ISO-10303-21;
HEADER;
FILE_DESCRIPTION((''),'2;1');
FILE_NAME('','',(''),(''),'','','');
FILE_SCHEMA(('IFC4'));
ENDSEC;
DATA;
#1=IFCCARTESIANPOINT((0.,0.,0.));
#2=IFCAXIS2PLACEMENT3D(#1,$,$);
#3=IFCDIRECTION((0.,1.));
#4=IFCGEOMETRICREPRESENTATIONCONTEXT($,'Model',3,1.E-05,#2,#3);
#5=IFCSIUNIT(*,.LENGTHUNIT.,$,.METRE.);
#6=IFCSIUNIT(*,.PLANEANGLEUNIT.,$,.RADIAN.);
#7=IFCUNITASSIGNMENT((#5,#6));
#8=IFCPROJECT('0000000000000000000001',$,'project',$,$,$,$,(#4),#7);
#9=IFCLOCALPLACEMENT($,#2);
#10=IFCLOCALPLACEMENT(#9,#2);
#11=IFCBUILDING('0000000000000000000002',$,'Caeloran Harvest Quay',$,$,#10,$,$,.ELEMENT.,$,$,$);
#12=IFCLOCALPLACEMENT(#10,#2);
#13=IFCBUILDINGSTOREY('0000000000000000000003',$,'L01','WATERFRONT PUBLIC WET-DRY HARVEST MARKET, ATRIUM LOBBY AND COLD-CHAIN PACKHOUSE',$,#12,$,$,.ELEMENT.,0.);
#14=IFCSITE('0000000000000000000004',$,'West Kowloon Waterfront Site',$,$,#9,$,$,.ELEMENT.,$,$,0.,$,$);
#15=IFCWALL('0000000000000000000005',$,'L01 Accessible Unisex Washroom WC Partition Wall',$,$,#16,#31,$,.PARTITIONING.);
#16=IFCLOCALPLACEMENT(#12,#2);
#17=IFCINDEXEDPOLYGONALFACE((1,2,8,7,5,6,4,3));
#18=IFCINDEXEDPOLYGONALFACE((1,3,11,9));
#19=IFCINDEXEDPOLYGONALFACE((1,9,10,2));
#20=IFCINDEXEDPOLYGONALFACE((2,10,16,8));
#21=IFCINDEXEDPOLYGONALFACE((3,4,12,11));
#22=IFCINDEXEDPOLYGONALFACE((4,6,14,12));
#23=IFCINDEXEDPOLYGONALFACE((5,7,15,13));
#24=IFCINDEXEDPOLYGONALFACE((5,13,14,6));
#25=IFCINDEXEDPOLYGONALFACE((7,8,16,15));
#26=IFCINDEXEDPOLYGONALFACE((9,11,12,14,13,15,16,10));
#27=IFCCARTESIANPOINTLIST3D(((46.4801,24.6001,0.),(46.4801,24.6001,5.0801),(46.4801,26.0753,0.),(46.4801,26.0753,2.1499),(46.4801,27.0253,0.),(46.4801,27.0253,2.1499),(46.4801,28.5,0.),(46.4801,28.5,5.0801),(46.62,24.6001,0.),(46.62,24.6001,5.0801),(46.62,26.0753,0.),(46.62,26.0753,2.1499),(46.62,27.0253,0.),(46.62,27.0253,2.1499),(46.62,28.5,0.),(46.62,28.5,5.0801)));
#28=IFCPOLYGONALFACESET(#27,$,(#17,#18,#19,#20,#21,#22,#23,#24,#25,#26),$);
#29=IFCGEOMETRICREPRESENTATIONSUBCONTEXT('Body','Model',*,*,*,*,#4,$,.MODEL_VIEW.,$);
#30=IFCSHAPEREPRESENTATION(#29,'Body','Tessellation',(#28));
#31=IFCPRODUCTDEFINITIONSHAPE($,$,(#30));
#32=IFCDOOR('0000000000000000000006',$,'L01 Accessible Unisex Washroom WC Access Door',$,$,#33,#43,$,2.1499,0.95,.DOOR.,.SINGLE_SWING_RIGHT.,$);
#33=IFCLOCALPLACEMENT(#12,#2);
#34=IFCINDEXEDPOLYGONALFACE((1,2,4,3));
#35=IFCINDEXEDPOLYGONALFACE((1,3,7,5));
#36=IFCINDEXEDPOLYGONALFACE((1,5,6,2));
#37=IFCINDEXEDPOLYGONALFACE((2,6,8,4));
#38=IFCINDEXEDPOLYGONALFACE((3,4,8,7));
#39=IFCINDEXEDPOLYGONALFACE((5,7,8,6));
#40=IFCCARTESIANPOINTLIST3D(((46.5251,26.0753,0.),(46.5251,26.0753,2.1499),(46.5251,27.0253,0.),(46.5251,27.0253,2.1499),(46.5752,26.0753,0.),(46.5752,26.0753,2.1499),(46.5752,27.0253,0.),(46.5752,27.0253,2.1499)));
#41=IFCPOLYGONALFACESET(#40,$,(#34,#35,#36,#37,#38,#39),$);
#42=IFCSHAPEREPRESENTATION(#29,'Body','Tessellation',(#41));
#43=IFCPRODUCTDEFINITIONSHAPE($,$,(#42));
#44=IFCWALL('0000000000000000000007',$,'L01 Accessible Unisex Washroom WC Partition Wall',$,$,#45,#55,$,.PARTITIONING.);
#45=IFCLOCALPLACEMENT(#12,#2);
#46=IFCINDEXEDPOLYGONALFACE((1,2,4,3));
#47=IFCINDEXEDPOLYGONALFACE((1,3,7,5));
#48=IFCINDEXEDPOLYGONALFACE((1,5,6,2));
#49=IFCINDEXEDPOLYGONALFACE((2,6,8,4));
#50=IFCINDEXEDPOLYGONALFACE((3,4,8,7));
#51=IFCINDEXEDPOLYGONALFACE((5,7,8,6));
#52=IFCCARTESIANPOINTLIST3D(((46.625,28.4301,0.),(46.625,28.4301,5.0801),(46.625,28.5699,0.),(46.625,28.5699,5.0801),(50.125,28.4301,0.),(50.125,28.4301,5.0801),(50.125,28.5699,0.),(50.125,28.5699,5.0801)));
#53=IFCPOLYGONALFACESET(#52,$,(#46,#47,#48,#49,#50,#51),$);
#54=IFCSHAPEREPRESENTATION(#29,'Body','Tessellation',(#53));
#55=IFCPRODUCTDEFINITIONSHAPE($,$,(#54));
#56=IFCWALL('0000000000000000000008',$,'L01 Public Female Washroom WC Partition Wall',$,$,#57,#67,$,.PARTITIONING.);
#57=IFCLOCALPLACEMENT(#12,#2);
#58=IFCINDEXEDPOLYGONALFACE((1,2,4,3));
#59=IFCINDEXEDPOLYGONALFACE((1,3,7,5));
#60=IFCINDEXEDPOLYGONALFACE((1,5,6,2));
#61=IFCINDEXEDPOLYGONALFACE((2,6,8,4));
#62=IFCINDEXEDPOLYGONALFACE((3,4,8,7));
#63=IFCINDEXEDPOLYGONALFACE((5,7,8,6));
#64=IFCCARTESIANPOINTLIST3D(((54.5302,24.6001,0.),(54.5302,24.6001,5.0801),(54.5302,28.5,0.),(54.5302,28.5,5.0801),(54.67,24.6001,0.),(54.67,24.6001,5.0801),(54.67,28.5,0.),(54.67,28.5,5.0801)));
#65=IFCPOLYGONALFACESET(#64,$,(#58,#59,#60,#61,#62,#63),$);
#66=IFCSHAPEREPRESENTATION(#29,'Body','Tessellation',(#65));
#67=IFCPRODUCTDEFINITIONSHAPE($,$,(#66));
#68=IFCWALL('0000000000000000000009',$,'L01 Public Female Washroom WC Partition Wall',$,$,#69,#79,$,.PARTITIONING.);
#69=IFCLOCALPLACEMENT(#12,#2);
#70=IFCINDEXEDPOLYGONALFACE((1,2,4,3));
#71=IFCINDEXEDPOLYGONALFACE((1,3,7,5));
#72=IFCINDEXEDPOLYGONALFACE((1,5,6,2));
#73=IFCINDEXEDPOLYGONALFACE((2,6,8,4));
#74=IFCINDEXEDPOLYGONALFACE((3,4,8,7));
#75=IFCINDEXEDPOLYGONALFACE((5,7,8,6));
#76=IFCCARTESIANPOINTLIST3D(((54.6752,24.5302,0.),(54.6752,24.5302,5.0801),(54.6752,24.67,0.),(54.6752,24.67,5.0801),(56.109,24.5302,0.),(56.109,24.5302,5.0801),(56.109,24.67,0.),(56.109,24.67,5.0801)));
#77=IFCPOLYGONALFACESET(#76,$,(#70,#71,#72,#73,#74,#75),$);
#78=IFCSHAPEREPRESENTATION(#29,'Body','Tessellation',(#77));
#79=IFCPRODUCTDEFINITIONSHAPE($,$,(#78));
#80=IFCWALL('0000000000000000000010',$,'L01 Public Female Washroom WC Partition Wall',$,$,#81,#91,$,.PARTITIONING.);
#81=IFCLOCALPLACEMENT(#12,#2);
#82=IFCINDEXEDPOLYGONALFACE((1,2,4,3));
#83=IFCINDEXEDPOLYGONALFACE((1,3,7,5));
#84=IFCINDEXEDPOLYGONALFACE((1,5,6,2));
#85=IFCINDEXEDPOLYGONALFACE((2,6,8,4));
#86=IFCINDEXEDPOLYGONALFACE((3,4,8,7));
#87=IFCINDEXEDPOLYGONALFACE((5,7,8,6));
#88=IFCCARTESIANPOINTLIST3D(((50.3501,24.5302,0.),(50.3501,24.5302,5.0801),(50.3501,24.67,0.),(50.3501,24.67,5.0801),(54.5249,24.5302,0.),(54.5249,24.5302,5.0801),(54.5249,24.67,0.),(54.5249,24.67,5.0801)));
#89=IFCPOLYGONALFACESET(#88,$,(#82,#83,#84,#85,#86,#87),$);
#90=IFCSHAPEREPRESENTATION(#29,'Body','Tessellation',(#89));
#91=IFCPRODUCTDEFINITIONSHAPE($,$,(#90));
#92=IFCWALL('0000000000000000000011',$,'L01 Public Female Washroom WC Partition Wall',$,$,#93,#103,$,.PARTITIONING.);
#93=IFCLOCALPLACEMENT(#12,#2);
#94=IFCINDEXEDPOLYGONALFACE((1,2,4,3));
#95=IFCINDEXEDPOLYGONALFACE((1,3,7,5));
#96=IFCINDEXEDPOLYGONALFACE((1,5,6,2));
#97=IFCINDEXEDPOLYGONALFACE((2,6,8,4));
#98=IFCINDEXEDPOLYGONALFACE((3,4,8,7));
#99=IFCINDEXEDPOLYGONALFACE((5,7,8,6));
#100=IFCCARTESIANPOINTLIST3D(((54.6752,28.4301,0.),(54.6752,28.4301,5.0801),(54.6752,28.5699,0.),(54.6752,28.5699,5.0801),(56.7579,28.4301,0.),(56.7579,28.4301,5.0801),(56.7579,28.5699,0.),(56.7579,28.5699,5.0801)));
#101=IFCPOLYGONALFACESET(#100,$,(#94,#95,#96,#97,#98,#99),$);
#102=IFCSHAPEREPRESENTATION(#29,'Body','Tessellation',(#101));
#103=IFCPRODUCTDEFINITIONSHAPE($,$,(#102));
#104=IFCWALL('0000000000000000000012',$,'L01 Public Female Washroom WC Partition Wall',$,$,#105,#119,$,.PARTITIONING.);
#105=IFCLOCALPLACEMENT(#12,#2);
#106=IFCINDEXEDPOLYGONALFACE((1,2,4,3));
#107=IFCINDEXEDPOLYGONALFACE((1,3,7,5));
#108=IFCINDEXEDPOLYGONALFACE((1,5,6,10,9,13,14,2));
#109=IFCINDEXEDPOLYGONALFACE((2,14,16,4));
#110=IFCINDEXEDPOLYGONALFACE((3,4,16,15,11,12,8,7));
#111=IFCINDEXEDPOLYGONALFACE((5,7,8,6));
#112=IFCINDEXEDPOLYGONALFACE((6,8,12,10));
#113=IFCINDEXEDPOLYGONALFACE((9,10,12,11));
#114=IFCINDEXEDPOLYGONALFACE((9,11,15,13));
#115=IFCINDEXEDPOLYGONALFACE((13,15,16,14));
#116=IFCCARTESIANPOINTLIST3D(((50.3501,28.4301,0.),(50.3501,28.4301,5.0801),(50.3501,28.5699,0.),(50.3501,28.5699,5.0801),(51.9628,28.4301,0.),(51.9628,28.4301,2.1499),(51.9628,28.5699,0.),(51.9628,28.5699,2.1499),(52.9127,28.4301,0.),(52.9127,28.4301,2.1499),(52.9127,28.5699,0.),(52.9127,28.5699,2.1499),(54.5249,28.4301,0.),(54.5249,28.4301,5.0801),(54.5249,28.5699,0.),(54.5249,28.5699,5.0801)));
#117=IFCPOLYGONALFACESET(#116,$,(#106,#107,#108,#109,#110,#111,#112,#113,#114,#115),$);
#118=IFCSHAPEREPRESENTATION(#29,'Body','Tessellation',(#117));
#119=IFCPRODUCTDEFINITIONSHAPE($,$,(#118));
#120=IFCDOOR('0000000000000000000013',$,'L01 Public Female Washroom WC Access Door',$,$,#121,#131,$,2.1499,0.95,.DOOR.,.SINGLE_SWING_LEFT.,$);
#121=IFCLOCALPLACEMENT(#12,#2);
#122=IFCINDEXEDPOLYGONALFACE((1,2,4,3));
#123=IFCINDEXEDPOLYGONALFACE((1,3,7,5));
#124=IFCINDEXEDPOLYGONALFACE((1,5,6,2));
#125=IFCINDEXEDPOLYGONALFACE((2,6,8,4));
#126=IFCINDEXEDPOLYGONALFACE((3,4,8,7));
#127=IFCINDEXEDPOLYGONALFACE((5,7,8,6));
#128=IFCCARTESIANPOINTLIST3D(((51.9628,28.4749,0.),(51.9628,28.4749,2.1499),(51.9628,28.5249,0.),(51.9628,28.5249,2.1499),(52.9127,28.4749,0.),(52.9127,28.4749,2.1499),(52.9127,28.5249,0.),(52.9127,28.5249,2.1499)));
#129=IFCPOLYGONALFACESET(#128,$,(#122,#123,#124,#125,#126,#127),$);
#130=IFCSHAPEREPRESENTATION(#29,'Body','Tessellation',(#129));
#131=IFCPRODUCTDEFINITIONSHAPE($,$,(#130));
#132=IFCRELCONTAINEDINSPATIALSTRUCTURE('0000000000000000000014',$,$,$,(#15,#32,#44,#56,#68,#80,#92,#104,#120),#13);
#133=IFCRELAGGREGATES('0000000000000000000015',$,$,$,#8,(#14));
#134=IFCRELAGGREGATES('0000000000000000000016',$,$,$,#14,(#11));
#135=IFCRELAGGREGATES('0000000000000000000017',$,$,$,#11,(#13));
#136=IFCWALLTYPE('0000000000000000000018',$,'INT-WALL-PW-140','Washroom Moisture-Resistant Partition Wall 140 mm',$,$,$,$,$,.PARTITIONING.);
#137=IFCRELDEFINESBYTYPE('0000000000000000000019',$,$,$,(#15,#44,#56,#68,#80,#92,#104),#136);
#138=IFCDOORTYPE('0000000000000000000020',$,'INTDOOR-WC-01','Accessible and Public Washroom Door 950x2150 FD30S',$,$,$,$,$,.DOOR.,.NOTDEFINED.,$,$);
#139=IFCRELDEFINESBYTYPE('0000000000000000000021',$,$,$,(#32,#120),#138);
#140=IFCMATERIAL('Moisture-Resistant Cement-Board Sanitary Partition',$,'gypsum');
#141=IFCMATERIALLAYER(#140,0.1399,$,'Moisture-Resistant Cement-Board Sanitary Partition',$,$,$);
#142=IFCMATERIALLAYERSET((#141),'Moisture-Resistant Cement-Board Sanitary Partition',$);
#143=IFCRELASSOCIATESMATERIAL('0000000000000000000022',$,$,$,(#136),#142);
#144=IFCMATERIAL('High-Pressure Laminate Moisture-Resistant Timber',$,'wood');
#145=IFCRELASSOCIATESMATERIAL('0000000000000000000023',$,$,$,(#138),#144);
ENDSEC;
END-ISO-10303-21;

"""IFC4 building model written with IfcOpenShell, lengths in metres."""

from ifc_helpers import new_model, si_unit, direction, frame, frame_2d, origin, place, context, subcontext, project, spatial, rectangle, extrude, material, layer, layer_set, type_object, element, fill, save


model = new_model("IFC4")

# Units and contexts
model_context = context("Model", 3, precision=1e-05, world=origin(), true_north=direction((0.0, 1.0)))
body_context = subcontext(model_context, "Body", "Model", "MODEL_VIEW")
ifc_project = project(units=[si_unit("LENGTHUNIT", "METRE"), si_unit("PLANEANGLEUNIT", "RADIAN")], contexts=[model_context])

# Site, building, storey
site_placement = place(None, origin())
site = spatial("IfcSite", under=ifc_project, at=site_placement, Name="West Kowloon Waterfront Site", CompositionType="ELEMENT", RefElevation=0.0)
building_placement = place(site_placement, origin())
building = spatial("IfcBuilding", under=site, at=building_placement, Name="Caeloran Harvest Quay", CompositionType="ELEMENT")
storey_placement = place(building_placement, origin())
storey = spatial("IfcBuildingStorey", under=building, at=storey_placement, Name="L01", Description="WATERFRONT PUBLIC WET-DRY HARVEST MARKET, ATRIUM LOBBY AND COLD-CHAIN PACKHOUSE", CompositionType="ELEMENT", Elevation=0.0)

# Shared definitions
ifc_material_1 = material(Name="Moisture-Resistant Cement-Board Sanitary Partition", Category="gypsum")
ifc_layer_1 = layer(ifc_material_1, 0.1399, Name="Moisture-Resistant Cement-Board Sanitary Partition")
ifc_layer_set_1 = layer_set([ifc_layer_1], Name="Moisture-Resistant Cement-Board Sanitary Partition")
wall_type_1 = type_object("IfcWallType", Name="INT-WALL-PW-140", Description="Washroom Moisture-Resistant Partition Wall 140 mm", PredefinedType="PARTITIONING", material=ifc_layer_set_1)

# Wall, opening, door
wall_1_placement = place(storey_placement, frame((46.55, 24.6001, 0.0), z_axis=(0.0, 0.0, 1.0), x_axis=(0.0, 1.0, 0.0)))
wall_1 = element("IfcWall", 1, at=wall_1_placement, inside=storey, type_object=wall_type_1, Name="L01 Accessible Unisex Washroom WC Partition Wall", PredefinedType="PARTITIONING", context=body_context, shape_type="SweptSolid", body=[
    extrude(rectangle(XDim=3.8999, YDim=0.1399, at=frame_2d((1.95, 0.0))), origin(), (0.0, 0.0, 1.0), 5.0801),
])
opening_1_placement = place(wall_1_placement, frame((1.4751, 0.0, 0.0)))
opening_1 = element("IfcOpeningElement", 2, at=opening_1_placement, cuts=wall_1, PredefinedType="OPENING", context=body_context, shape_type="SweptSolid", body=[
    extrude(rectangle(XDim=0.95, YDim=2.1499, at=frame_2d((0.4751, 1.075))), frame((0.0, 0.0801, 0.0), z_axis=(0.0, -1.0, 0.0), x_axis=(1.0, 0.0, 0.0)), (0.0, 0.0, 1.0), 0.1599),
])
ifc_material_2 = material(Name="High-Pressure Laminate Moisture-Resistant Timber", Category="wood")
door_type = type_object("IfcDoorType", Name="INTDOOR-WC-01", Description="Accessible and Public Washroom Door 950x2150 FD30S", OperationType="NOTDEFINED", PredefinedType="DOOR", material=ifc_material_2)
door_1_placement = place(opening_1_placement, origin())
door_1 = element("IfcDoor", 3, at=door_1_placement, inside=storey, type_object=door_type, Name="L01 Accessible Unisex Washroom WC Access Door", OperationType="SINGLE_SWING_RIGHT", OverallHeight=2.1499, OverallWidth=0.95, PredefinedType="DOOR", context=body_context, shape_type="SweptSolid", body=[
    extrude(rectangle(XDim=0.95, YDim=2.1499, at=frame_2d((0.4751, 1.075))), frame((0.0, 0.0249, 0.0), z_axis=(0.0, -1.0, 0.0), x_axis=(1.0, 0.0, 0.0)), (0.0, 0.0, 1.0), 0.05),
])
fill(opening_1, door_1)

# Walls
wall_2_placement = place(storey_placement, frame((46.625, 28.5, 0.0), z_axis=(0.0, 0.0, 1.0), x_axis=(1.0, 0.0, 0.0)))
element("IfcWall", 4, at=wall_2_placement, inside=storey, type_object=wall_type_1, Name="L01 Accessible Unisex Washroom WC Partition Wall", PredefinedType="PARTITIONING", context=body_context, shape_type="SweptSolid", body=[
    extrude(rectangle(XDim=3.5, YDim=0.1399, at=frame_2d((1.75, 0.0))), origin(), (0.0, 0.0, 1.0), 5.0801),
])
wall_3_placement = place(storey_placement, frame((54.6001, 28.5, 0.0), z_axis=(0.0, 0.0, 1.0), x_axis=(0.0, -1.0, 0.0)))
element("IfcWall", 5, at=wall_3_placement, inside=storey, type_object=wall_type_1, Name="L01 Public Female Washroom WC Partition Wall", PredefinedType="PARTITIONING", context=body_context, shape_type="SweptSolid", body=[
    extrude(rectangle(XDim=3.8999, YDim=0.1399, at=frame_2d((1.95, 0.0))), origin(), (0.0, 0.0, 1.0), 5.0801),
])
wall_4_placement = place(storey_placement, frame((56.1089, 24.6001, 0.0), z_axis=(0.0, 0.0, 1.0), x_axis=(-1.0, 0.0, 0.0)))
element("IfcWall", 6, at=wall_4_placement, inside=storey, type_object=wall_type_1, Name="L01 Public Female Washroom WC Partition Wall", PredefinedType="PARTITIONING", context=body_context, shape_type="SweptSolid", body=[
    extrude(rectangle(XDim=1.4338, YDim=0.1399, at=frame_2d((0.7168, 0.0))), origin(), (0.0, 0.0, 1.0), 5.0801),
])
wall_5_placement = place(storey_placement, frame((54.5249, 24.6001, 0.0), z_axis=(0.0, 0.0, 1.0), x_axis=(-1.0, 0.0, 0.0)))
element("IfcWall", 7, at=wall_5_placement, inside=storey, type_object=wall_type_1, Name="L01 Public Female Washroom WC Partition Wall", PredefinedType="PARTITIONING", context=body_context, shape_type="SweptSolid", body=[
    extrude(rectangle(XDim=4.1748, YDim=0.1399, at=frame_2d((2.0874, 0.0))), origin(), (0.0, 0.0, 1.0), 5.0801),
])
wall_6_placement = place(storey_placement, frame((54.675, 28.5, 0.0), z_axis=(0.0, 0.0, 1.0), x_axis=(1.0, 0.0, 0.0)))
element("IfcWall", 8, at=wall_6_placement, inside=storey, type_object=wall_type_1, Name="L01 Public Female Washroom WC Partition Wall", PredefinedType="PARTITIONING", context=body_context, shape_type="SweptSolid", body=[
    extrude(rectangle(XDim=2.0828, YDim=0.1399, at=frame_2d((1.0415, 0.0))), origin(), (0.0, 0.0, 1.0), 5.0801),
])

# Wall, opening, door
wall_7_placement = place(storey_placement, frame((50.3501, 28.5, 0.0), z_axis=(0.0, 0.0, 1.0), x_axis=(1.0, 0.0, 0.0)))
wall_7 = element("IfcWall", 9, at=wall_7_placement, inside=storey, type_object=wall_type_1, Name="L01 Public Female Washroom WC Partition Wall", PredefinedType="PARTITIONING", context=body_context, shape_type="SweptSolid", body=[
    extrude(rectangle(XDim=4.1748, YDim=0.1399, at=frame_2d((2.0874, 0.0))), origin(), (0.0, 0.0, 1.0), 5.0801),
])
opening_2_placement = place(wall_7_placement, frame((1.6125, 0.0, 0.0)))
opening_2 = element("IfcOpeningElement", 10, at=opening_2_placement, cuts=wall_7, PredefinedType="OPENING", context=body_context, shape_type="SweptSolid", body=[
    extrude(rectangle(XDim=0.95, YDim=2.1499, at=frame_2d((0.4751, 1.075))), frame((0.0, 0.0801, 0.0), z_axis=(0.0, -1.0, 0.0), x_axis=(1.0, 0.0, 0.0)), (0.0, 0.0, 1.0), 0.1599),
])
door_2_placement = place(opening_2_placement, origin())
door_2 = element("IfcDoor", 11, at=door_2_placement, inside=storey, type_object=door_type, Name="L01 Public Female Washroom WC Access Door", OperationType="SINGLE_SWING_LEFT", OverallHeight=2.1499, OverallWidth=0.95, PredefinedType="DOOR", context=body_context, shape_type="SweptSolid", body=[
    extrude(rectangle(XDim=0.95, YDim=2.1499, at=frame_2d((0.4751, 1.075))), frame((0.0, 0.0249, 0.0), z_axis=(0.0, -1.0, 0.0), x_axis=(1.0, 0.0, 0.0)), (0.0, 0.0, 1.0), 0.05),
])
fill(opening_2, door_2)

save(model, "model.ifc")
